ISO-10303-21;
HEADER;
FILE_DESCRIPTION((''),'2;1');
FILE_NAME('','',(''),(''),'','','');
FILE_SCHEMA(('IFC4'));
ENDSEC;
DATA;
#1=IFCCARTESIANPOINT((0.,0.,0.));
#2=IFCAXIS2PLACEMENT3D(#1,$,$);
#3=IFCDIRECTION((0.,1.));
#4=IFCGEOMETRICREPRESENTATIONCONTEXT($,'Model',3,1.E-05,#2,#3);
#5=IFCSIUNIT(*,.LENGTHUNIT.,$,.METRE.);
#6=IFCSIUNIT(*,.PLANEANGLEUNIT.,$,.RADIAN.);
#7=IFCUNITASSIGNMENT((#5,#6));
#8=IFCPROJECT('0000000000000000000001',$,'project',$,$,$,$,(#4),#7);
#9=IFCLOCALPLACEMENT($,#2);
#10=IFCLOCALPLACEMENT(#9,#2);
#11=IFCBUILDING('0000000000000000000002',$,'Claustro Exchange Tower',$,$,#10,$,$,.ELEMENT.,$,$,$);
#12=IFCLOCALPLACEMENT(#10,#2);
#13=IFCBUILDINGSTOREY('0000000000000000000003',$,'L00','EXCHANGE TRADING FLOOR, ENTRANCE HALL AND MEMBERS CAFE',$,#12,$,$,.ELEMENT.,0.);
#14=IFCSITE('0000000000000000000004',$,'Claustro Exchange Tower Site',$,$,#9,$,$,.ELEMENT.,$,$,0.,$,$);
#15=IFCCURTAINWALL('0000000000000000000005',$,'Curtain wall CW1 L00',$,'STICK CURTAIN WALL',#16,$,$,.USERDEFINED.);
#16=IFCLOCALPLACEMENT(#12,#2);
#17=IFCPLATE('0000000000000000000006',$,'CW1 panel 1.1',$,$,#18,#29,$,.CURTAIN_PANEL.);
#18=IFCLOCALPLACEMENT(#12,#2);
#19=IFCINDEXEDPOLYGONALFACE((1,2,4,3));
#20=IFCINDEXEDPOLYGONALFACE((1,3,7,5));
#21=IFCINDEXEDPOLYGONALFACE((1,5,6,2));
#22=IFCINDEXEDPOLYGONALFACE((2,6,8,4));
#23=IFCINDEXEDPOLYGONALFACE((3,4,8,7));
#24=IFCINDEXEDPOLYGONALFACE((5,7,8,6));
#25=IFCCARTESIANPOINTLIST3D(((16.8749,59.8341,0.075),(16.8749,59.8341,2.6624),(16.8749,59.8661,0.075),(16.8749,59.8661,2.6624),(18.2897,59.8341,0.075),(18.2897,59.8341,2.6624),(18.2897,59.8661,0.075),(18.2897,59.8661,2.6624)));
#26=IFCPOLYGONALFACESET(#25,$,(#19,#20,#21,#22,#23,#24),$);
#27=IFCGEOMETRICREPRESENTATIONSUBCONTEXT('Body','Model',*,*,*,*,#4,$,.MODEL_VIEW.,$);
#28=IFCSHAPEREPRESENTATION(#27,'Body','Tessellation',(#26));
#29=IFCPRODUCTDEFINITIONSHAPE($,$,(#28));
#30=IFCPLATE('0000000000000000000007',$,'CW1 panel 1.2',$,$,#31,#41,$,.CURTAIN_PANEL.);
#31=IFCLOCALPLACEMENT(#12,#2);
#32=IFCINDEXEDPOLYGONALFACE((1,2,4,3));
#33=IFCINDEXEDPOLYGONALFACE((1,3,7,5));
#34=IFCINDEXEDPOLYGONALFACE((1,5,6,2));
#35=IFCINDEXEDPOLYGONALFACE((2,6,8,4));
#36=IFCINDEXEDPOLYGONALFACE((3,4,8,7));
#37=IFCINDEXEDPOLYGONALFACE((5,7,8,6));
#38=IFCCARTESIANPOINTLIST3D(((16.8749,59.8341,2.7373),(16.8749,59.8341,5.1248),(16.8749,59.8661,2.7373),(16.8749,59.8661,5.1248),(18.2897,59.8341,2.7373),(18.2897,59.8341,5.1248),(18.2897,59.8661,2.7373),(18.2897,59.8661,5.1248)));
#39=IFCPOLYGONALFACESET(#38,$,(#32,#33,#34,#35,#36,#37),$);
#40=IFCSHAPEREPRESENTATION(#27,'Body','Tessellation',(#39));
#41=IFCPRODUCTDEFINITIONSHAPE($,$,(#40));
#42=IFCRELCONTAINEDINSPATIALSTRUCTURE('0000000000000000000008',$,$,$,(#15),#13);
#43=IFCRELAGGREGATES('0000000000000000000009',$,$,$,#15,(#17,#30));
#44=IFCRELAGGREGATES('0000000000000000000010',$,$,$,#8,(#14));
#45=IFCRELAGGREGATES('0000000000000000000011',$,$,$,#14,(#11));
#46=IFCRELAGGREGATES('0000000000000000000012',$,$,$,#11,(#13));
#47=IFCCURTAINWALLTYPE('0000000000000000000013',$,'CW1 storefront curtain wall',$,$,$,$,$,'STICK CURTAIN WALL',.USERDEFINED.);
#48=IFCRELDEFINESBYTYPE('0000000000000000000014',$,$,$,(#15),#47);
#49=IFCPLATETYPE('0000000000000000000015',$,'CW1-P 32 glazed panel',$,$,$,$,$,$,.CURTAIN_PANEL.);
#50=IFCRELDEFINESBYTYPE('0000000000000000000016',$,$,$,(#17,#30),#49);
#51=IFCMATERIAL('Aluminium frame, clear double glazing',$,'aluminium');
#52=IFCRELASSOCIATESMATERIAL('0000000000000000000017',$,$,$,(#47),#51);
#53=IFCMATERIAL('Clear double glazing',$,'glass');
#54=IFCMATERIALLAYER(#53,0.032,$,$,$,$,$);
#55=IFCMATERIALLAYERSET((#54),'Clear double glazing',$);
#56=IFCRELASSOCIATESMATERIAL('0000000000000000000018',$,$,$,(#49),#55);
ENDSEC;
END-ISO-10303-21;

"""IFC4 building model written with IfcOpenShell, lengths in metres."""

from ifc_helpers import new_model, si_unit, direction, frame, origin, origin_2d, place, context, subcontext, project, spatial, rectangle, extrude, material, layer, layer_set, type_object, element, aggregate, save


model = new_model("IFC4")

# Units and contexts
model_context = context("Model", 3, precision=1e-05, world=origin(), true_north=direction((0.0, 1.0)))
body_context = subcontext(model_context, "Body", "Model", "MODEL_VIEW")
ifc_project = project(units=[si_unit("LENGTHUNIT", "METRE"), si_unit("PLANEANGLEUNIT", "RADIAN")], contexts=[model_context])

# Site, building, storey
site_placement = place(None, origin())
site = spatial("IfcSite", under=ifc_project, at=site_placement, Name="Claustro Exchange Tower Site", CompositionType="ELEMENT", RefElevation=0.0)
building_placement = place(site_placement, origin())
building = spatial("IfcBuilding", under=site, at=building_placement, Name="Claustro Exchange Tower", CompositionType="ELEMENT")
storey_placement = place(building_placement, origin())
storey = spatial("IfcBuildingStorey", under=building, at=storey_placement, Name="L00", Description="EXCHANGE TRADING FLOOR, ENTRANCE HALL AND MEMBERS CAFE", CompositionType="ELEMENT", Elevation=0.0)

# Curtain wall, plates
ifc_material_1 = material(Name="Aluminium frame, clear double glazing", Category="aluminium")
curtain_wall_type = type_object("IfcCurtainWallType", Name="CW1 storefront curtain wall", ElementType="STICK CURTAIN WALL", PredefinedType="USERDEFINED", material=ifc_material_1)
curtain_wall_placement = place(storey_placement, origin())
curtain_wall = element("IfcCurtainWall", 1, at=curtain_wall_placement, inside=storey, type_object=curtain_wall_type, Name="Curtain wall CW1 L00", ObjectType="STICK CURTAIN WALL", PredefinedType="USERDEFINED")
ifc_material_2 = material(Name="Clear double glazing", Category="glass")
ifc_layer = layer(ifc_material_2, 0.032)
ifc_layer_set = layer_set([ifc_layer], Name="Clear double glazing")
plate_type = type_object("IfcPlateType", Name="CW1-P 32 glazed panel", PredefinedType="CURTAIN_PANEL", material=ifc_layer_set)
plate_1_placement = place(storey_placement, frame((17.5823, 59.8501, 0.075), z_axis=(0.0, 0.0, 1.0), x_axis=(1.0, 0.0, 0.0)))
plate_1 = element("IfcPlate", 2, at=plate_1_placement, type_object=plate_type, Name="CW1 panel 1.1", PredefinedType="CURTAIN_PANEL", context=body_context, shape_type="SweptSolid", body=[
    extrude(rectangle(XDim=1.4148, YDim=0.032, at=origin_2d()), origin(), (0.0, 0.0, 1.0), 2.5874),
])
plate_2_placement = place(storey_placement, frame((17.5823, 59.8501, 2.7373), z_axis=(0.0, 0.0, 1.0), x_axis=(1.0, 0.0, 0.0)))
plate_2 = element("IfcPlate", 3, at=plate_2_placement, type_object=plate_type, Name="CW1 panel 1.2", PredefinedType="CURTAIN_PANEL", context=body_context, shape_type="SweptSolid", body=[
    extrude(rectangle(XDim=1.4148, YDim=0.032, at=origin_2d()), origin(), (0.0, 0.0, 1.0), 2.3875),
])
aggregate(curtain_wall, [plate_1, plate_2])

save(model, "model.ifc")
